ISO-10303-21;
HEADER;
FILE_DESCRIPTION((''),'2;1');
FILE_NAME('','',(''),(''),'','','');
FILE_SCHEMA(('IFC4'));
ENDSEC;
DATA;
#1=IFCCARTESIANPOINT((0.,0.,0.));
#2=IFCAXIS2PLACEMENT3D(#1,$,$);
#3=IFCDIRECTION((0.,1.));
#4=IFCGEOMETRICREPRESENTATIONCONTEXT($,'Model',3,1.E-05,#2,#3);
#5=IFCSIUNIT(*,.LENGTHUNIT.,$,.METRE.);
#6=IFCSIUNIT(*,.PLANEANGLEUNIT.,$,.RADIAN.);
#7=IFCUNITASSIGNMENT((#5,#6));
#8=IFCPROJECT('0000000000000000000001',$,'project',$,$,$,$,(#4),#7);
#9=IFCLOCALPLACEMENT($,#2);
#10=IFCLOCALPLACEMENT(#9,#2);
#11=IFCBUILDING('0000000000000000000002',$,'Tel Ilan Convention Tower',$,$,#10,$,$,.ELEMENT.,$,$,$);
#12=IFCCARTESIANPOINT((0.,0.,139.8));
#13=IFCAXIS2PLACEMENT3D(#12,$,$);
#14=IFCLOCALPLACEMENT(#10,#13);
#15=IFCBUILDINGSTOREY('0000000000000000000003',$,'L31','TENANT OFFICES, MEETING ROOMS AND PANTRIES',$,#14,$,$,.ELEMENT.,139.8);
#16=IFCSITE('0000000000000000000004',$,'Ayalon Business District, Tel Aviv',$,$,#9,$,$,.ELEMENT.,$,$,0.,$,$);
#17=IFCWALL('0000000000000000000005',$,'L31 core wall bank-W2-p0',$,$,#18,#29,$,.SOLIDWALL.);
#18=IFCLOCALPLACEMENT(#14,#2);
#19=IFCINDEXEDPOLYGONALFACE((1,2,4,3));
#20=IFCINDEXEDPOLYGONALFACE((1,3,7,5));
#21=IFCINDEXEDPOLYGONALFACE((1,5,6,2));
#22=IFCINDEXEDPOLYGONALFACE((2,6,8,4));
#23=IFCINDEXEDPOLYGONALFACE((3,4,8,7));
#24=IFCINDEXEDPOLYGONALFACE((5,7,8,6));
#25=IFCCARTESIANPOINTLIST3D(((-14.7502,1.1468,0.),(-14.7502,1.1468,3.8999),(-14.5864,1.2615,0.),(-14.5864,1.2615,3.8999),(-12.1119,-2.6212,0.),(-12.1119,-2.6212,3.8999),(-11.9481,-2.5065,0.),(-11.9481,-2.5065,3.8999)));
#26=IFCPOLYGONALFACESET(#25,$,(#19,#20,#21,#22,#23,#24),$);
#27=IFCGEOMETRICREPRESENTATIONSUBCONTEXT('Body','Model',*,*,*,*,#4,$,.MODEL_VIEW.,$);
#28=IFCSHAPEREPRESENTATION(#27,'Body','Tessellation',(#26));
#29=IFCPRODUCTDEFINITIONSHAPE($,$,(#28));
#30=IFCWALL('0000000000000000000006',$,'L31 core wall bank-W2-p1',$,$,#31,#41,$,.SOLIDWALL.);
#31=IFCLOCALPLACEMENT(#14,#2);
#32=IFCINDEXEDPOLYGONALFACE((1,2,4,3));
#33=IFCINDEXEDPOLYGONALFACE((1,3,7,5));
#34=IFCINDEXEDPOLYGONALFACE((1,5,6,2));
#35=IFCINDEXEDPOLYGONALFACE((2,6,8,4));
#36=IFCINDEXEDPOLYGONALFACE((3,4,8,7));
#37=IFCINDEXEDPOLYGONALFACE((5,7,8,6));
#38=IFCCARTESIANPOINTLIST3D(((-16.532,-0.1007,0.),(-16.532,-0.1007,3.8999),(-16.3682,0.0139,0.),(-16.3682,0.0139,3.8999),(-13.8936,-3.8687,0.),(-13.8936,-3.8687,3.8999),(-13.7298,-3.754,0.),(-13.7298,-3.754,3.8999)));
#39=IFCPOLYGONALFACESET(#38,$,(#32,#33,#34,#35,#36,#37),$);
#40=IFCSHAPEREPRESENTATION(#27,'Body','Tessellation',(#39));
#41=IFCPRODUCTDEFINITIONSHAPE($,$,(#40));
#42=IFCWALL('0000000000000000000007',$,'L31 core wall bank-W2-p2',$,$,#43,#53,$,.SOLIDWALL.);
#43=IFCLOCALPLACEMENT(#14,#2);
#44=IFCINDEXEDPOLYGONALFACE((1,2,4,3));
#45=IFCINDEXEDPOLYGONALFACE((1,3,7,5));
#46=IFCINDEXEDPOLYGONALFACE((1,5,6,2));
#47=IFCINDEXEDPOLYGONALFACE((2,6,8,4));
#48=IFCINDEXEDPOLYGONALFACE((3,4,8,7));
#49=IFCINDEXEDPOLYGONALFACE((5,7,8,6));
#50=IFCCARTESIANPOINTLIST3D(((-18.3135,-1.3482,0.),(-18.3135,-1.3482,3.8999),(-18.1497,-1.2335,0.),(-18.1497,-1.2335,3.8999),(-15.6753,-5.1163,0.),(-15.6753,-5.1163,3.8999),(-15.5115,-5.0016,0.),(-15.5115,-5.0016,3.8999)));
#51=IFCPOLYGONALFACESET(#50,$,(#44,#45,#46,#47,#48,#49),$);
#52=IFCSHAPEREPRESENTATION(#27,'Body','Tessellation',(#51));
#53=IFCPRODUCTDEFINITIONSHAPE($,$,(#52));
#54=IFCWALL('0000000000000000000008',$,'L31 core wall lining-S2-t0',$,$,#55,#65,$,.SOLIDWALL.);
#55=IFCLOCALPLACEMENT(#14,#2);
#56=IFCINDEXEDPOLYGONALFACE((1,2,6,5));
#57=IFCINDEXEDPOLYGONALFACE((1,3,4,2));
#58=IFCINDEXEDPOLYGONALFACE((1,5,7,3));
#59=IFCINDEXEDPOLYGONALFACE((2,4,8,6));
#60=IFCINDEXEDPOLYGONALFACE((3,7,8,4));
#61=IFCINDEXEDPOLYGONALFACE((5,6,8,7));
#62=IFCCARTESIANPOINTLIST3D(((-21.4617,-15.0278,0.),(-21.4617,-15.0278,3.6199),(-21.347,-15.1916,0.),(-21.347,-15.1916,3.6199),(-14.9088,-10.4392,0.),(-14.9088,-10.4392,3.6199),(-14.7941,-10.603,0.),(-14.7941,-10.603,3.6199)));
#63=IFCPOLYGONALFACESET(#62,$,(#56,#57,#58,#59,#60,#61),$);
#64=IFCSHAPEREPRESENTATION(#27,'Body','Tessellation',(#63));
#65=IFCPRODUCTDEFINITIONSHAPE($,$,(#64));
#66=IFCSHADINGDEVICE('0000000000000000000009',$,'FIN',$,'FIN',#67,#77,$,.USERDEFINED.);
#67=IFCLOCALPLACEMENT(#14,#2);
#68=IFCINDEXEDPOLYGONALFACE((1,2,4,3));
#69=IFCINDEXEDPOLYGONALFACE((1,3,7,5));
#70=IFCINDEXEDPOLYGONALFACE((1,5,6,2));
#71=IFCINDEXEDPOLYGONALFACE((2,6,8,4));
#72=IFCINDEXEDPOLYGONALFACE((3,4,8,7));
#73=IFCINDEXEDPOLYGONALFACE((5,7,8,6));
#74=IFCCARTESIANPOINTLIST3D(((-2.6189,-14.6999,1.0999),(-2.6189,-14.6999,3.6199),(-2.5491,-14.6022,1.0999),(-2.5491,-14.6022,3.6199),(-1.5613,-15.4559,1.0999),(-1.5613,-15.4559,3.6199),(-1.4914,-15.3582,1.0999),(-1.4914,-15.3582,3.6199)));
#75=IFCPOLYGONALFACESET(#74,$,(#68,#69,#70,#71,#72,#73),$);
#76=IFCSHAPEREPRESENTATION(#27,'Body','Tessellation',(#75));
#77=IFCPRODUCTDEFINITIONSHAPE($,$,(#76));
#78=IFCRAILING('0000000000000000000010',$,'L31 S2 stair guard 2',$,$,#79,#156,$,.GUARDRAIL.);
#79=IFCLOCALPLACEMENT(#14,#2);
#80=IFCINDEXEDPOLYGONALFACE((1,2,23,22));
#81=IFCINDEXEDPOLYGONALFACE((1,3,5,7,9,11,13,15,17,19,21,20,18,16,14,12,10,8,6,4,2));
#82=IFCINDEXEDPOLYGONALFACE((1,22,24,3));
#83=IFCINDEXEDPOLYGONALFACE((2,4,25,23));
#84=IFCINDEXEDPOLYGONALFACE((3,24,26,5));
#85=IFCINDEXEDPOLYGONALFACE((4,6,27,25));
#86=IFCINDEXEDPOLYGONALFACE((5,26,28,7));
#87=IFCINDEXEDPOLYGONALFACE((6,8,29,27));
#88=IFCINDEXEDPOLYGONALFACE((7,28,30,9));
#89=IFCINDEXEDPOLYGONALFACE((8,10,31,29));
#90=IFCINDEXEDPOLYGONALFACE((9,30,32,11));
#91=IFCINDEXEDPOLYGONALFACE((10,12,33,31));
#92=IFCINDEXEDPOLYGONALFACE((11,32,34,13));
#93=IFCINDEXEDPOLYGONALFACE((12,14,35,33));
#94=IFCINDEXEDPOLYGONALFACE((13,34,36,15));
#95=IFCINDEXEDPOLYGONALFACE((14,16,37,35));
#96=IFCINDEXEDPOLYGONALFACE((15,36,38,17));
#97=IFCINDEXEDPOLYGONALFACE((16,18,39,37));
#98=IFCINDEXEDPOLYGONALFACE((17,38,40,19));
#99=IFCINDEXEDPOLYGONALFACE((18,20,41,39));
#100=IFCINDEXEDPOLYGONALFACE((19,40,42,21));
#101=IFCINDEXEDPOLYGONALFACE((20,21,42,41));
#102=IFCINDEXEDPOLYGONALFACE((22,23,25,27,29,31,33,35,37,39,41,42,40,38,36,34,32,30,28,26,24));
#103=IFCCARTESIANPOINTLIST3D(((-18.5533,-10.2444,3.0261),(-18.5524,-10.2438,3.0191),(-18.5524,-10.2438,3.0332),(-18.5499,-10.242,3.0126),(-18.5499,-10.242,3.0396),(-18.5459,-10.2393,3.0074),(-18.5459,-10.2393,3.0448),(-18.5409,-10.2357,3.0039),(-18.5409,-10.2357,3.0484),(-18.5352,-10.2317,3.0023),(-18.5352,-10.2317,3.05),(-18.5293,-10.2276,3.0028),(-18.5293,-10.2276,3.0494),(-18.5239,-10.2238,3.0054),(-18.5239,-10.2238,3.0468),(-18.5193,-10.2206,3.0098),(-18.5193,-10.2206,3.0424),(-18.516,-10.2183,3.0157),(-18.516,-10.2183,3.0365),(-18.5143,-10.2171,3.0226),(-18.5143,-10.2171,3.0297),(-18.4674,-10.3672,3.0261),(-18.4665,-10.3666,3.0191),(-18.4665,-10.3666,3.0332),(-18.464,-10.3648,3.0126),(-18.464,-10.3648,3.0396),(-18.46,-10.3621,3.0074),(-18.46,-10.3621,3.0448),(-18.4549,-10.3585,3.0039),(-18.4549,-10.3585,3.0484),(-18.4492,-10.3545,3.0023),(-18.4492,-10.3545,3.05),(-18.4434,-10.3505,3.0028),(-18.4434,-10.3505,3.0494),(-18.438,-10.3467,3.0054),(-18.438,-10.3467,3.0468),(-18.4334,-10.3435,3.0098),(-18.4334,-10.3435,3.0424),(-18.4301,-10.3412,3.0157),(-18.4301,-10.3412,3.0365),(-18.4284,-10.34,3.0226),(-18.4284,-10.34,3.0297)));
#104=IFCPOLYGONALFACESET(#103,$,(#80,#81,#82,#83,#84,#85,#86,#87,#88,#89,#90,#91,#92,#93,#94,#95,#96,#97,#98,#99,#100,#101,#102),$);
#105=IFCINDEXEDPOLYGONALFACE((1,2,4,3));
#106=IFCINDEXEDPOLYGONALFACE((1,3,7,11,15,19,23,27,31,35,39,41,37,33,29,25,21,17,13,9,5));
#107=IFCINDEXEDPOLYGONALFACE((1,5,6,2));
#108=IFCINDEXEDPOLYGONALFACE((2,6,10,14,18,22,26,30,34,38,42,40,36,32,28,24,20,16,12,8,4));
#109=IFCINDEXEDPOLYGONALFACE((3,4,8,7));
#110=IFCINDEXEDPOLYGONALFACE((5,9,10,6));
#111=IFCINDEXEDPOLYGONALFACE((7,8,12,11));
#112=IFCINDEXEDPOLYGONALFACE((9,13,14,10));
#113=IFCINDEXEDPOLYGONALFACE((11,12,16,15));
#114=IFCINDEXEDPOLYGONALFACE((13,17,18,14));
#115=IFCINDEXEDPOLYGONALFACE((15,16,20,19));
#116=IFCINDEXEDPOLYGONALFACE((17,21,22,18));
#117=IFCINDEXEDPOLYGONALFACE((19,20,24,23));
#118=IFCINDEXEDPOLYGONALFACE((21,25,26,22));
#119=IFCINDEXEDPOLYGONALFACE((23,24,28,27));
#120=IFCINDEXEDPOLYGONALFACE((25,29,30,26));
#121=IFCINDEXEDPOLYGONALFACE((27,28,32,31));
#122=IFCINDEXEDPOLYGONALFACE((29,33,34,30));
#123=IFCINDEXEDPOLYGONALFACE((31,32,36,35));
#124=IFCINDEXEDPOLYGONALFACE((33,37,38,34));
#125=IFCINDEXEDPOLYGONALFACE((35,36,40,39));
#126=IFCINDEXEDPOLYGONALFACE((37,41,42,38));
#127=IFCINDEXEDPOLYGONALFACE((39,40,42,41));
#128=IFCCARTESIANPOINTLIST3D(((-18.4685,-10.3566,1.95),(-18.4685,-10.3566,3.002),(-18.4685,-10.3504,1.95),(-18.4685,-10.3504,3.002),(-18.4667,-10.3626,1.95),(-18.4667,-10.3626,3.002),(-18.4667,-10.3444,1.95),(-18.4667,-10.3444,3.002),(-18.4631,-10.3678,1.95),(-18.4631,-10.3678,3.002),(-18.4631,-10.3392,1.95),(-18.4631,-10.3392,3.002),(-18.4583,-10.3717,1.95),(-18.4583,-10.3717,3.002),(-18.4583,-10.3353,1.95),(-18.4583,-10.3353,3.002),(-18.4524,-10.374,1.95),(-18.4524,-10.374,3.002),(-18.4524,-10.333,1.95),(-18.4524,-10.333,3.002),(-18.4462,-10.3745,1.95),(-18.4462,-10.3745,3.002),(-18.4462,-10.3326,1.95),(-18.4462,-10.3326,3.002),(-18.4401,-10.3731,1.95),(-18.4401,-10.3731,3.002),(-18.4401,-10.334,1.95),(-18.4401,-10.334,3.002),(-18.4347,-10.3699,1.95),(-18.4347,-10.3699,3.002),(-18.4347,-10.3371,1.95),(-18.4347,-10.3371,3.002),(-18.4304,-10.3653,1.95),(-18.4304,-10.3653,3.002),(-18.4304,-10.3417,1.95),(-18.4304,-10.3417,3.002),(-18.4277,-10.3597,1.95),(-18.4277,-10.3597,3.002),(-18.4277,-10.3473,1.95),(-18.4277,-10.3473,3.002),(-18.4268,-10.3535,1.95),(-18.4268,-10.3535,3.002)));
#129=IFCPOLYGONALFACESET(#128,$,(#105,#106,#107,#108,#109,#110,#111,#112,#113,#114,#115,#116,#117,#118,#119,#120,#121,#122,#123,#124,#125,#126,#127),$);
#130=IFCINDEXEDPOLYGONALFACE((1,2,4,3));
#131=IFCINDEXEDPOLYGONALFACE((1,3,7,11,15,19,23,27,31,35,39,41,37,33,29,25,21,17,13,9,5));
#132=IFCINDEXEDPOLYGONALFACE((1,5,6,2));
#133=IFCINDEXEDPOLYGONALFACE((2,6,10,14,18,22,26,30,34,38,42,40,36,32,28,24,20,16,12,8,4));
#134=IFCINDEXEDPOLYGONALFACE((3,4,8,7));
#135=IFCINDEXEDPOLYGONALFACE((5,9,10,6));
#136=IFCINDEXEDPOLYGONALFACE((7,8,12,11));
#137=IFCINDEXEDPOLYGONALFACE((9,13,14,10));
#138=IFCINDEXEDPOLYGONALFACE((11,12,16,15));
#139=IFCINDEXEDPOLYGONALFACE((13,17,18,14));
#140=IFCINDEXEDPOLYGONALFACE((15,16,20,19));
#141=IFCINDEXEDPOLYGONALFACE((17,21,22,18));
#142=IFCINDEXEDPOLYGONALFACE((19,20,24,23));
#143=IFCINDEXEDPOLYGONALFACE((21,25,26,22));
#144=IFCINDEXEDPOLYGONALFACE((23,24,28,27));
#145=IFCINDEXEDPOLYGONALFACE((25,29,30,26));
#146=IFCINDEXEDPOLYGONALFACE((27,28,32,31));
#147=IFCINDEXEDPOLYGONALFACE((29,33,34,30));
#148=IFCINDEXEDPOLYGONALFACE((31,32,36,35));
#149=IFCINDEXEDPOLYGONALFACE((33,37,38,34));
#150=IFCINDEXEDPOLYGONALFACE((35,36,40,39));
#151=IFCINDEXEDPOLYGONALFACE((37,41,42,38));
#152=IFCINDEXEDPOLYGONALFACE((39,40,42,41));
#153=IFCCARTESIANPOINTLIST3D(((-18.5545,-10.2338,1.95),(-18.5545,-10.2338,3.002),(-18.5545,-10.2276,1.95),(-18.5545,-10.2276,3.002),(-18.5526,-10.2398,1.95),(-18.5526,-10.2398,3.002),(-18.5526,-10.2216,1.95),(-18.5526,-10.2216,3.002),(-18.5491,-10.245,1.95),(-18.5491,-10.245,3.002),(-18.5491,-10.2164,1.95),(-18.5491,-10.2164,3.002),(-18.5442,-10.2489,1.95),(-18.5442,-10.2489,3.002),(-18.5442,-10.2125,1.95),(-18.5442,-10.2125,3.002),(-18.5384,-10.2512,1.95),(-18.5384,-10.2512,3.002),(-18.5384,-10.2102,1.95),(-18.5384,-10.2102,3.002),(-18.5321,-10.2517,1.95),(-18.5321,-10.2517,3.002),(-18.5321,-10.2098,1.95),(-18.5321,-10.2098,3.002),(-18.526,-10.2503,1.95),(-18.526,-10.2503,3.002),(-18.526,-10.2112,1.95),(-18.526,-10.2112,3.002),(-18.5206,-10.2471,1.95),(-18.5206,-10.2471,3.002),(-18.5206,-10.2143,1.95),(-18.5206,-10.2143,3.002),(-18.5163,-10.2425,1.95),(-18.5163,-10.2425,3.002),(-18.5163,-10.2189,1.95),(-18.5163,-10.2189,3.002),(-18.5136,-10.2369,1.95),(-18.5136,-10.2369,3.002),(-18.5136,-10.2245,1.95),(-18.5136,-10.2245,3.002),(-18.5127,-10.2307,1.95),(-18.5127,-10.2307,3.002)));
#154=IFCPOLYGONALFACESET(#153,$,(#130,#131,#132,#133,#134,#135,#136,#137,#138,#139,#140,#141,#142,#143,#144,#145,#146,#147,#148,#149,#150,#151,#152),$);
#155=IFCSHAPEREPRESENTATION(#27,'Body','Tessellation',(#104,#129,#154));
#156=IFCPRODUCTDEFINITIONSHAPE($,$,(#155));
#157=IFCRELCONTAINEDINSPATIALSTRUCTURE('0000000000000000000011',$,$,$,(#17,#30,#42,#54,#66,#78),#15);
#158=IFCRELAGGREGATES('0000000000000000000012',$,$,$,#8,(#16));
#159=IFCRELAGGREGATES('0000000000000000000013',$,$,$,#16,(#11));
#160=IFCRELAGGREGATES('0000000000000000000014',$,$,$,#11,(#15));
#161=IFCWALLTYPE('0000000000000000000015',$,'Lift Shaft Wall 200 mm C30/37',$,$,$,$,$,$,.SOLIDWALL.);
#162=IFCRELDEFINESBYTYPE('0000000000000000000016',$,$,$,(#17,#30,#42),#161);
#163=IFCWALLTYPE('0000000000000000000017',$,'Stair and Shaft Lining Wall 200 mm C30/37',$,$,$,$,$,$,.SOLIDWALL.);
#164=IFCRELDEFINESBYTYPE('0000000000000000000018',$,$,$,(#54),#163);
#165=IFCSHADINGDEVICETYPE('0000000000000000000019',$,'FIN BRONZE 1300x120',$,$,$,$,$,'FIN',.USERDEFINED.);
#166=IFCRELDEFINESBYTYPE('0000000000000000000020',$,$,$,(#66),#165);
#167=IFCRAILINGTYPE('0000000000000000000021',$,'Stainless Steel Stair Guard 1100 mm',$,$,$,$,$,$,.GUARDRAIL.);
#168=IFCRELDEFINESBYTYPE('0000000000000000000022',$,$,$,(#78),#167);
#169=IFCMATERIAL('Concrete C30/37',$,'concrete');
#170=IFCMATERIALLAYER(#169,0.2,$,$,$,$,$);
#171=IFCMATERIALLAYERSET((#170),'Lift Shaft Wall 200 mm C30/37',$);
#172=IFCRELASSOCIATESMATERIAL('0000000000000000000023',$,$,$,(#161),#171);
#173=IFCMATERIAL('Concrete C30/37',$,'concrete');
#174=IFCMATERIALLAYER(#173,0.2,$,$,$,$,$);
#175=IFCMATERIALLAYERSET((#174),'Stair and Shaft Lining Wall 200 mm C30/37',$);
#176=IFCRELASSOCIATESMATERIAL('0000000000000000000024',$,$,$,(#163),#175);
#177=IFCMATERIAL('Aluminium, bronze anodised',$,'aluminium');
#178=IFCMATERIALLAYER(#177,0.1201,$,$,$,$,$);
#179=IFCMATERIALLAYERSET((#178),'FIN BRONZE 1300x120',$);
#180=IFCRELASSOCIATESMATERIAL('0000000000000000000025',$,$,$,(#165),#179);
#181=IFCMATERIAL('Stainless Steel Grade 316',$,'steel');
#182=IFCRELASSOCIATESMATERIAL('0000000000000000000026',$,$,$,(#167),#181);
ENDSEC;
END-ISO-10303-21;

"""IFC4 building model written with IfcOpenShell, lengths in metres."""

from ifc_helpers import new_model, si_unit, direction, frame, frame_2d, origin, origin_2d, place, context, subcontext, project, spatial, rectangle, circle, extrude, material, layer, layer_set, type_object, element, save


model = new_model("IFC4")

# Units and contexts
model_context = context("Model", 3, precision=1e-05, world=origin(), true_north=direction((0.0, 1.0)))
body_context = subcontext(model_context, "Body", "Model", "MODEL_VIEW")
ifc_project = project(units=[si_unit("LENGTHUNIT", "METRE"), si_unit("PLANEANGLEUNIT", "RADIAN")], contexts=[model_context])

# Site, building, storey
site_placement = place(None, origin())
site = spatial("IfcSite", under=ifc_project, at=site_placement, Name="Ayalon Business District, Tel Aviv", CompositionType="ELEMENT", RefElevation=0.0)
building_placement = place(site_placement, origin())
building = spatial("IfcBuilding", under=site, at=building_placement, Name="Tel Ilan Convention Tower", CompositionType="ELEMENT")
storey_placement = place(building_placement, frame((0.0, 0.0, 139.8)))
storey = spatial("IfcBuildingStorey", under=building, at=storey_placement, Name="L31", Description="TENANT OFFICES, MEETING ROOMS AND PANTRIES", CompositionType="ELEMENT", Elevation=139.8)

# Walls
ifc_material_1 = material(Name="Concrete C30/37", Category="concrete")
ifc_layer_1 = layer(ifc_material_1, 0.2)
ifc_layer_set_1 = layer_set([ifc_layer_1], Name="Lift Shaft Wall 200 mm C30/37")
wall_type_1 = type_object("IfcWallType", Name="Lift Shaft Wall 200 mm C30/37", PredefinedType="SOLIDWALL", material=ifc_layer_set_1)
for number, where, z_axis, x_axis, name in (
    (1, (-12.03, -2.5637, 0.0), (0.0, 0.0, 1.0), (-0.573576, 0.819152, 0.0), "L31 core wall bank-W2-p0"),
    (2, (-13.8118, -3.8113, 0.0), (0.0, 0.0, 1.0), (-0.573576, 0.819152, 0.0), "L31 core wall bank-W2-p1"),
    (3, (-15.5935, -5.0588, 0.0), (0.0, 0.0, 1.0), (-0.573541, 0.819177, 0.0), "L31 core wall bank-W2-p2"),
):
    element("IfcWall", number, at=place(storey_placement, frame(where, z_axis=z_axis, x_axis=x_axis)), inside=storey, type_object=wall_type_1, Name=name, PredefinedType="SOLIDWALL", context=body_context, shape_type="SweptSolid", body=[
        extrude(rectangle(XDim=4.5999, YDim=0.2, at=frame_2d((2.2998, 0.0))), origin(), (0.0, 0.0, 1.0), 3.8999),
    ])
ifc_material_2 = material(Name="Concrete C30/37", Category="concrete")
ifc_layer_2 = layer(ifc_material_2, 0.2)
ifc_layer_set_2 = layer_set([ifc_layer_2], Name="Stair and Shaft Lining Wall 200 mm C30/37")
wall_type_2 = type_object("IfcWallType", Name="Stair and Shaft Lining Wall 200 mm C30/37", PredefinedType="SOLIDWALL", material=ifc_layer_set_2)
wall_1_placement = place(storey_placement, frame((-14.8513, -10.521, 0.0), z_axis=(0.0, 0.0, 1.0), x_axis=(-0.819142, -0.573591, 0.0)))
element("IfcWall", 4, at=wall_1_placement, inside=storey, type_object=wall_type_2, Name="L31 core wall lining-S2-t0", PredefinedType="SOLIDWALL", context=body_context, shape_type="SweptSolid", body=[
    extrude(rectangle(XDim=7.9998, YDim=0.2, at=frame_2d((4.0, 0.0))), origin(), (0.0, 0.0, 1.0), 3.6199),
])

# Shading device
ifc_material_3 = material(Name="Aluminium, bronze anodised", Category="aluminium")
ifc_layer_3 = layer(ifc_material_3, 0.1201)
ifc_layer_set_3 = layer_set([ifc_layer_3], Name="FIN BRONZE 1300x120")
shading_device_type = type_object("IfcShadingDeviceType", Name="FIN BRONZE 1300x120", ElementType="FIN", PredefinedType="USERDEFINED", material=ifc_layer_set_3)
shading_device_placement = place(storey_placement, frame((-2.0552, -15.0291, 1.0999), z_axis=(0.0, 0.0, 1.0), x_axis=(0.813552, -0.581492, 0.0)))
element("IfcShadingDevice", 5, at=shading_device_placement, inside=storey, type_object=shading_device_type, Name="FIN", ObjectType="FIN", PredefinedType="USERDEFINED", context=body_context, shape_type="SweptSolid", body=[
    extrude(rectangle(XDim=1.3, YDim=0.1201, at=origin_2d()), origin(), (0.0, 0.0, 1.0), 2.52),
])

# Railing
ifc_material_4 = material(Name="Stainless Steel Grade 316", Category="steel")
railing_type = type_object("IfcRailingType", Name="Stainless Steel Stair Guard 1100 mm", PredefinedType="GUARDRAIL", material=ifc_material_4)
railing_1_placement = place(storey_placement, frame((-18.4478, -10.3535, 1.95)))
element("IfcRailing", 6, at=railing_1_placement, inside=storey, type_object=railing_type, Name="L31 S2 stair guard 2", PredefinedType="GUARDRAIL", context=body_context, shape_type="SweptSolid", body=[
    extrude(circle(Radius=0.0239, at=origin_2d()), frame((0.0, 0.0, 1.0762), z_axis=(-0.573353, 0.819308, 0.0), x_axis=(-0.819308, -0.573353, 0.0)), (0.0, 0.0, 1.0), 0.1499),
    extrude(circle(Radius=0.021, at=origin_2d()), origin(), (0.0, 0.0, 1.0), 1.052),
    extrude(circle(Radius=0.021, at=origin_2d()), frame((-0.0859, 0.1228, 0.0)), (0.0, 0.0, 1.0), 1.052),
])

save(model, "model.ifc")
